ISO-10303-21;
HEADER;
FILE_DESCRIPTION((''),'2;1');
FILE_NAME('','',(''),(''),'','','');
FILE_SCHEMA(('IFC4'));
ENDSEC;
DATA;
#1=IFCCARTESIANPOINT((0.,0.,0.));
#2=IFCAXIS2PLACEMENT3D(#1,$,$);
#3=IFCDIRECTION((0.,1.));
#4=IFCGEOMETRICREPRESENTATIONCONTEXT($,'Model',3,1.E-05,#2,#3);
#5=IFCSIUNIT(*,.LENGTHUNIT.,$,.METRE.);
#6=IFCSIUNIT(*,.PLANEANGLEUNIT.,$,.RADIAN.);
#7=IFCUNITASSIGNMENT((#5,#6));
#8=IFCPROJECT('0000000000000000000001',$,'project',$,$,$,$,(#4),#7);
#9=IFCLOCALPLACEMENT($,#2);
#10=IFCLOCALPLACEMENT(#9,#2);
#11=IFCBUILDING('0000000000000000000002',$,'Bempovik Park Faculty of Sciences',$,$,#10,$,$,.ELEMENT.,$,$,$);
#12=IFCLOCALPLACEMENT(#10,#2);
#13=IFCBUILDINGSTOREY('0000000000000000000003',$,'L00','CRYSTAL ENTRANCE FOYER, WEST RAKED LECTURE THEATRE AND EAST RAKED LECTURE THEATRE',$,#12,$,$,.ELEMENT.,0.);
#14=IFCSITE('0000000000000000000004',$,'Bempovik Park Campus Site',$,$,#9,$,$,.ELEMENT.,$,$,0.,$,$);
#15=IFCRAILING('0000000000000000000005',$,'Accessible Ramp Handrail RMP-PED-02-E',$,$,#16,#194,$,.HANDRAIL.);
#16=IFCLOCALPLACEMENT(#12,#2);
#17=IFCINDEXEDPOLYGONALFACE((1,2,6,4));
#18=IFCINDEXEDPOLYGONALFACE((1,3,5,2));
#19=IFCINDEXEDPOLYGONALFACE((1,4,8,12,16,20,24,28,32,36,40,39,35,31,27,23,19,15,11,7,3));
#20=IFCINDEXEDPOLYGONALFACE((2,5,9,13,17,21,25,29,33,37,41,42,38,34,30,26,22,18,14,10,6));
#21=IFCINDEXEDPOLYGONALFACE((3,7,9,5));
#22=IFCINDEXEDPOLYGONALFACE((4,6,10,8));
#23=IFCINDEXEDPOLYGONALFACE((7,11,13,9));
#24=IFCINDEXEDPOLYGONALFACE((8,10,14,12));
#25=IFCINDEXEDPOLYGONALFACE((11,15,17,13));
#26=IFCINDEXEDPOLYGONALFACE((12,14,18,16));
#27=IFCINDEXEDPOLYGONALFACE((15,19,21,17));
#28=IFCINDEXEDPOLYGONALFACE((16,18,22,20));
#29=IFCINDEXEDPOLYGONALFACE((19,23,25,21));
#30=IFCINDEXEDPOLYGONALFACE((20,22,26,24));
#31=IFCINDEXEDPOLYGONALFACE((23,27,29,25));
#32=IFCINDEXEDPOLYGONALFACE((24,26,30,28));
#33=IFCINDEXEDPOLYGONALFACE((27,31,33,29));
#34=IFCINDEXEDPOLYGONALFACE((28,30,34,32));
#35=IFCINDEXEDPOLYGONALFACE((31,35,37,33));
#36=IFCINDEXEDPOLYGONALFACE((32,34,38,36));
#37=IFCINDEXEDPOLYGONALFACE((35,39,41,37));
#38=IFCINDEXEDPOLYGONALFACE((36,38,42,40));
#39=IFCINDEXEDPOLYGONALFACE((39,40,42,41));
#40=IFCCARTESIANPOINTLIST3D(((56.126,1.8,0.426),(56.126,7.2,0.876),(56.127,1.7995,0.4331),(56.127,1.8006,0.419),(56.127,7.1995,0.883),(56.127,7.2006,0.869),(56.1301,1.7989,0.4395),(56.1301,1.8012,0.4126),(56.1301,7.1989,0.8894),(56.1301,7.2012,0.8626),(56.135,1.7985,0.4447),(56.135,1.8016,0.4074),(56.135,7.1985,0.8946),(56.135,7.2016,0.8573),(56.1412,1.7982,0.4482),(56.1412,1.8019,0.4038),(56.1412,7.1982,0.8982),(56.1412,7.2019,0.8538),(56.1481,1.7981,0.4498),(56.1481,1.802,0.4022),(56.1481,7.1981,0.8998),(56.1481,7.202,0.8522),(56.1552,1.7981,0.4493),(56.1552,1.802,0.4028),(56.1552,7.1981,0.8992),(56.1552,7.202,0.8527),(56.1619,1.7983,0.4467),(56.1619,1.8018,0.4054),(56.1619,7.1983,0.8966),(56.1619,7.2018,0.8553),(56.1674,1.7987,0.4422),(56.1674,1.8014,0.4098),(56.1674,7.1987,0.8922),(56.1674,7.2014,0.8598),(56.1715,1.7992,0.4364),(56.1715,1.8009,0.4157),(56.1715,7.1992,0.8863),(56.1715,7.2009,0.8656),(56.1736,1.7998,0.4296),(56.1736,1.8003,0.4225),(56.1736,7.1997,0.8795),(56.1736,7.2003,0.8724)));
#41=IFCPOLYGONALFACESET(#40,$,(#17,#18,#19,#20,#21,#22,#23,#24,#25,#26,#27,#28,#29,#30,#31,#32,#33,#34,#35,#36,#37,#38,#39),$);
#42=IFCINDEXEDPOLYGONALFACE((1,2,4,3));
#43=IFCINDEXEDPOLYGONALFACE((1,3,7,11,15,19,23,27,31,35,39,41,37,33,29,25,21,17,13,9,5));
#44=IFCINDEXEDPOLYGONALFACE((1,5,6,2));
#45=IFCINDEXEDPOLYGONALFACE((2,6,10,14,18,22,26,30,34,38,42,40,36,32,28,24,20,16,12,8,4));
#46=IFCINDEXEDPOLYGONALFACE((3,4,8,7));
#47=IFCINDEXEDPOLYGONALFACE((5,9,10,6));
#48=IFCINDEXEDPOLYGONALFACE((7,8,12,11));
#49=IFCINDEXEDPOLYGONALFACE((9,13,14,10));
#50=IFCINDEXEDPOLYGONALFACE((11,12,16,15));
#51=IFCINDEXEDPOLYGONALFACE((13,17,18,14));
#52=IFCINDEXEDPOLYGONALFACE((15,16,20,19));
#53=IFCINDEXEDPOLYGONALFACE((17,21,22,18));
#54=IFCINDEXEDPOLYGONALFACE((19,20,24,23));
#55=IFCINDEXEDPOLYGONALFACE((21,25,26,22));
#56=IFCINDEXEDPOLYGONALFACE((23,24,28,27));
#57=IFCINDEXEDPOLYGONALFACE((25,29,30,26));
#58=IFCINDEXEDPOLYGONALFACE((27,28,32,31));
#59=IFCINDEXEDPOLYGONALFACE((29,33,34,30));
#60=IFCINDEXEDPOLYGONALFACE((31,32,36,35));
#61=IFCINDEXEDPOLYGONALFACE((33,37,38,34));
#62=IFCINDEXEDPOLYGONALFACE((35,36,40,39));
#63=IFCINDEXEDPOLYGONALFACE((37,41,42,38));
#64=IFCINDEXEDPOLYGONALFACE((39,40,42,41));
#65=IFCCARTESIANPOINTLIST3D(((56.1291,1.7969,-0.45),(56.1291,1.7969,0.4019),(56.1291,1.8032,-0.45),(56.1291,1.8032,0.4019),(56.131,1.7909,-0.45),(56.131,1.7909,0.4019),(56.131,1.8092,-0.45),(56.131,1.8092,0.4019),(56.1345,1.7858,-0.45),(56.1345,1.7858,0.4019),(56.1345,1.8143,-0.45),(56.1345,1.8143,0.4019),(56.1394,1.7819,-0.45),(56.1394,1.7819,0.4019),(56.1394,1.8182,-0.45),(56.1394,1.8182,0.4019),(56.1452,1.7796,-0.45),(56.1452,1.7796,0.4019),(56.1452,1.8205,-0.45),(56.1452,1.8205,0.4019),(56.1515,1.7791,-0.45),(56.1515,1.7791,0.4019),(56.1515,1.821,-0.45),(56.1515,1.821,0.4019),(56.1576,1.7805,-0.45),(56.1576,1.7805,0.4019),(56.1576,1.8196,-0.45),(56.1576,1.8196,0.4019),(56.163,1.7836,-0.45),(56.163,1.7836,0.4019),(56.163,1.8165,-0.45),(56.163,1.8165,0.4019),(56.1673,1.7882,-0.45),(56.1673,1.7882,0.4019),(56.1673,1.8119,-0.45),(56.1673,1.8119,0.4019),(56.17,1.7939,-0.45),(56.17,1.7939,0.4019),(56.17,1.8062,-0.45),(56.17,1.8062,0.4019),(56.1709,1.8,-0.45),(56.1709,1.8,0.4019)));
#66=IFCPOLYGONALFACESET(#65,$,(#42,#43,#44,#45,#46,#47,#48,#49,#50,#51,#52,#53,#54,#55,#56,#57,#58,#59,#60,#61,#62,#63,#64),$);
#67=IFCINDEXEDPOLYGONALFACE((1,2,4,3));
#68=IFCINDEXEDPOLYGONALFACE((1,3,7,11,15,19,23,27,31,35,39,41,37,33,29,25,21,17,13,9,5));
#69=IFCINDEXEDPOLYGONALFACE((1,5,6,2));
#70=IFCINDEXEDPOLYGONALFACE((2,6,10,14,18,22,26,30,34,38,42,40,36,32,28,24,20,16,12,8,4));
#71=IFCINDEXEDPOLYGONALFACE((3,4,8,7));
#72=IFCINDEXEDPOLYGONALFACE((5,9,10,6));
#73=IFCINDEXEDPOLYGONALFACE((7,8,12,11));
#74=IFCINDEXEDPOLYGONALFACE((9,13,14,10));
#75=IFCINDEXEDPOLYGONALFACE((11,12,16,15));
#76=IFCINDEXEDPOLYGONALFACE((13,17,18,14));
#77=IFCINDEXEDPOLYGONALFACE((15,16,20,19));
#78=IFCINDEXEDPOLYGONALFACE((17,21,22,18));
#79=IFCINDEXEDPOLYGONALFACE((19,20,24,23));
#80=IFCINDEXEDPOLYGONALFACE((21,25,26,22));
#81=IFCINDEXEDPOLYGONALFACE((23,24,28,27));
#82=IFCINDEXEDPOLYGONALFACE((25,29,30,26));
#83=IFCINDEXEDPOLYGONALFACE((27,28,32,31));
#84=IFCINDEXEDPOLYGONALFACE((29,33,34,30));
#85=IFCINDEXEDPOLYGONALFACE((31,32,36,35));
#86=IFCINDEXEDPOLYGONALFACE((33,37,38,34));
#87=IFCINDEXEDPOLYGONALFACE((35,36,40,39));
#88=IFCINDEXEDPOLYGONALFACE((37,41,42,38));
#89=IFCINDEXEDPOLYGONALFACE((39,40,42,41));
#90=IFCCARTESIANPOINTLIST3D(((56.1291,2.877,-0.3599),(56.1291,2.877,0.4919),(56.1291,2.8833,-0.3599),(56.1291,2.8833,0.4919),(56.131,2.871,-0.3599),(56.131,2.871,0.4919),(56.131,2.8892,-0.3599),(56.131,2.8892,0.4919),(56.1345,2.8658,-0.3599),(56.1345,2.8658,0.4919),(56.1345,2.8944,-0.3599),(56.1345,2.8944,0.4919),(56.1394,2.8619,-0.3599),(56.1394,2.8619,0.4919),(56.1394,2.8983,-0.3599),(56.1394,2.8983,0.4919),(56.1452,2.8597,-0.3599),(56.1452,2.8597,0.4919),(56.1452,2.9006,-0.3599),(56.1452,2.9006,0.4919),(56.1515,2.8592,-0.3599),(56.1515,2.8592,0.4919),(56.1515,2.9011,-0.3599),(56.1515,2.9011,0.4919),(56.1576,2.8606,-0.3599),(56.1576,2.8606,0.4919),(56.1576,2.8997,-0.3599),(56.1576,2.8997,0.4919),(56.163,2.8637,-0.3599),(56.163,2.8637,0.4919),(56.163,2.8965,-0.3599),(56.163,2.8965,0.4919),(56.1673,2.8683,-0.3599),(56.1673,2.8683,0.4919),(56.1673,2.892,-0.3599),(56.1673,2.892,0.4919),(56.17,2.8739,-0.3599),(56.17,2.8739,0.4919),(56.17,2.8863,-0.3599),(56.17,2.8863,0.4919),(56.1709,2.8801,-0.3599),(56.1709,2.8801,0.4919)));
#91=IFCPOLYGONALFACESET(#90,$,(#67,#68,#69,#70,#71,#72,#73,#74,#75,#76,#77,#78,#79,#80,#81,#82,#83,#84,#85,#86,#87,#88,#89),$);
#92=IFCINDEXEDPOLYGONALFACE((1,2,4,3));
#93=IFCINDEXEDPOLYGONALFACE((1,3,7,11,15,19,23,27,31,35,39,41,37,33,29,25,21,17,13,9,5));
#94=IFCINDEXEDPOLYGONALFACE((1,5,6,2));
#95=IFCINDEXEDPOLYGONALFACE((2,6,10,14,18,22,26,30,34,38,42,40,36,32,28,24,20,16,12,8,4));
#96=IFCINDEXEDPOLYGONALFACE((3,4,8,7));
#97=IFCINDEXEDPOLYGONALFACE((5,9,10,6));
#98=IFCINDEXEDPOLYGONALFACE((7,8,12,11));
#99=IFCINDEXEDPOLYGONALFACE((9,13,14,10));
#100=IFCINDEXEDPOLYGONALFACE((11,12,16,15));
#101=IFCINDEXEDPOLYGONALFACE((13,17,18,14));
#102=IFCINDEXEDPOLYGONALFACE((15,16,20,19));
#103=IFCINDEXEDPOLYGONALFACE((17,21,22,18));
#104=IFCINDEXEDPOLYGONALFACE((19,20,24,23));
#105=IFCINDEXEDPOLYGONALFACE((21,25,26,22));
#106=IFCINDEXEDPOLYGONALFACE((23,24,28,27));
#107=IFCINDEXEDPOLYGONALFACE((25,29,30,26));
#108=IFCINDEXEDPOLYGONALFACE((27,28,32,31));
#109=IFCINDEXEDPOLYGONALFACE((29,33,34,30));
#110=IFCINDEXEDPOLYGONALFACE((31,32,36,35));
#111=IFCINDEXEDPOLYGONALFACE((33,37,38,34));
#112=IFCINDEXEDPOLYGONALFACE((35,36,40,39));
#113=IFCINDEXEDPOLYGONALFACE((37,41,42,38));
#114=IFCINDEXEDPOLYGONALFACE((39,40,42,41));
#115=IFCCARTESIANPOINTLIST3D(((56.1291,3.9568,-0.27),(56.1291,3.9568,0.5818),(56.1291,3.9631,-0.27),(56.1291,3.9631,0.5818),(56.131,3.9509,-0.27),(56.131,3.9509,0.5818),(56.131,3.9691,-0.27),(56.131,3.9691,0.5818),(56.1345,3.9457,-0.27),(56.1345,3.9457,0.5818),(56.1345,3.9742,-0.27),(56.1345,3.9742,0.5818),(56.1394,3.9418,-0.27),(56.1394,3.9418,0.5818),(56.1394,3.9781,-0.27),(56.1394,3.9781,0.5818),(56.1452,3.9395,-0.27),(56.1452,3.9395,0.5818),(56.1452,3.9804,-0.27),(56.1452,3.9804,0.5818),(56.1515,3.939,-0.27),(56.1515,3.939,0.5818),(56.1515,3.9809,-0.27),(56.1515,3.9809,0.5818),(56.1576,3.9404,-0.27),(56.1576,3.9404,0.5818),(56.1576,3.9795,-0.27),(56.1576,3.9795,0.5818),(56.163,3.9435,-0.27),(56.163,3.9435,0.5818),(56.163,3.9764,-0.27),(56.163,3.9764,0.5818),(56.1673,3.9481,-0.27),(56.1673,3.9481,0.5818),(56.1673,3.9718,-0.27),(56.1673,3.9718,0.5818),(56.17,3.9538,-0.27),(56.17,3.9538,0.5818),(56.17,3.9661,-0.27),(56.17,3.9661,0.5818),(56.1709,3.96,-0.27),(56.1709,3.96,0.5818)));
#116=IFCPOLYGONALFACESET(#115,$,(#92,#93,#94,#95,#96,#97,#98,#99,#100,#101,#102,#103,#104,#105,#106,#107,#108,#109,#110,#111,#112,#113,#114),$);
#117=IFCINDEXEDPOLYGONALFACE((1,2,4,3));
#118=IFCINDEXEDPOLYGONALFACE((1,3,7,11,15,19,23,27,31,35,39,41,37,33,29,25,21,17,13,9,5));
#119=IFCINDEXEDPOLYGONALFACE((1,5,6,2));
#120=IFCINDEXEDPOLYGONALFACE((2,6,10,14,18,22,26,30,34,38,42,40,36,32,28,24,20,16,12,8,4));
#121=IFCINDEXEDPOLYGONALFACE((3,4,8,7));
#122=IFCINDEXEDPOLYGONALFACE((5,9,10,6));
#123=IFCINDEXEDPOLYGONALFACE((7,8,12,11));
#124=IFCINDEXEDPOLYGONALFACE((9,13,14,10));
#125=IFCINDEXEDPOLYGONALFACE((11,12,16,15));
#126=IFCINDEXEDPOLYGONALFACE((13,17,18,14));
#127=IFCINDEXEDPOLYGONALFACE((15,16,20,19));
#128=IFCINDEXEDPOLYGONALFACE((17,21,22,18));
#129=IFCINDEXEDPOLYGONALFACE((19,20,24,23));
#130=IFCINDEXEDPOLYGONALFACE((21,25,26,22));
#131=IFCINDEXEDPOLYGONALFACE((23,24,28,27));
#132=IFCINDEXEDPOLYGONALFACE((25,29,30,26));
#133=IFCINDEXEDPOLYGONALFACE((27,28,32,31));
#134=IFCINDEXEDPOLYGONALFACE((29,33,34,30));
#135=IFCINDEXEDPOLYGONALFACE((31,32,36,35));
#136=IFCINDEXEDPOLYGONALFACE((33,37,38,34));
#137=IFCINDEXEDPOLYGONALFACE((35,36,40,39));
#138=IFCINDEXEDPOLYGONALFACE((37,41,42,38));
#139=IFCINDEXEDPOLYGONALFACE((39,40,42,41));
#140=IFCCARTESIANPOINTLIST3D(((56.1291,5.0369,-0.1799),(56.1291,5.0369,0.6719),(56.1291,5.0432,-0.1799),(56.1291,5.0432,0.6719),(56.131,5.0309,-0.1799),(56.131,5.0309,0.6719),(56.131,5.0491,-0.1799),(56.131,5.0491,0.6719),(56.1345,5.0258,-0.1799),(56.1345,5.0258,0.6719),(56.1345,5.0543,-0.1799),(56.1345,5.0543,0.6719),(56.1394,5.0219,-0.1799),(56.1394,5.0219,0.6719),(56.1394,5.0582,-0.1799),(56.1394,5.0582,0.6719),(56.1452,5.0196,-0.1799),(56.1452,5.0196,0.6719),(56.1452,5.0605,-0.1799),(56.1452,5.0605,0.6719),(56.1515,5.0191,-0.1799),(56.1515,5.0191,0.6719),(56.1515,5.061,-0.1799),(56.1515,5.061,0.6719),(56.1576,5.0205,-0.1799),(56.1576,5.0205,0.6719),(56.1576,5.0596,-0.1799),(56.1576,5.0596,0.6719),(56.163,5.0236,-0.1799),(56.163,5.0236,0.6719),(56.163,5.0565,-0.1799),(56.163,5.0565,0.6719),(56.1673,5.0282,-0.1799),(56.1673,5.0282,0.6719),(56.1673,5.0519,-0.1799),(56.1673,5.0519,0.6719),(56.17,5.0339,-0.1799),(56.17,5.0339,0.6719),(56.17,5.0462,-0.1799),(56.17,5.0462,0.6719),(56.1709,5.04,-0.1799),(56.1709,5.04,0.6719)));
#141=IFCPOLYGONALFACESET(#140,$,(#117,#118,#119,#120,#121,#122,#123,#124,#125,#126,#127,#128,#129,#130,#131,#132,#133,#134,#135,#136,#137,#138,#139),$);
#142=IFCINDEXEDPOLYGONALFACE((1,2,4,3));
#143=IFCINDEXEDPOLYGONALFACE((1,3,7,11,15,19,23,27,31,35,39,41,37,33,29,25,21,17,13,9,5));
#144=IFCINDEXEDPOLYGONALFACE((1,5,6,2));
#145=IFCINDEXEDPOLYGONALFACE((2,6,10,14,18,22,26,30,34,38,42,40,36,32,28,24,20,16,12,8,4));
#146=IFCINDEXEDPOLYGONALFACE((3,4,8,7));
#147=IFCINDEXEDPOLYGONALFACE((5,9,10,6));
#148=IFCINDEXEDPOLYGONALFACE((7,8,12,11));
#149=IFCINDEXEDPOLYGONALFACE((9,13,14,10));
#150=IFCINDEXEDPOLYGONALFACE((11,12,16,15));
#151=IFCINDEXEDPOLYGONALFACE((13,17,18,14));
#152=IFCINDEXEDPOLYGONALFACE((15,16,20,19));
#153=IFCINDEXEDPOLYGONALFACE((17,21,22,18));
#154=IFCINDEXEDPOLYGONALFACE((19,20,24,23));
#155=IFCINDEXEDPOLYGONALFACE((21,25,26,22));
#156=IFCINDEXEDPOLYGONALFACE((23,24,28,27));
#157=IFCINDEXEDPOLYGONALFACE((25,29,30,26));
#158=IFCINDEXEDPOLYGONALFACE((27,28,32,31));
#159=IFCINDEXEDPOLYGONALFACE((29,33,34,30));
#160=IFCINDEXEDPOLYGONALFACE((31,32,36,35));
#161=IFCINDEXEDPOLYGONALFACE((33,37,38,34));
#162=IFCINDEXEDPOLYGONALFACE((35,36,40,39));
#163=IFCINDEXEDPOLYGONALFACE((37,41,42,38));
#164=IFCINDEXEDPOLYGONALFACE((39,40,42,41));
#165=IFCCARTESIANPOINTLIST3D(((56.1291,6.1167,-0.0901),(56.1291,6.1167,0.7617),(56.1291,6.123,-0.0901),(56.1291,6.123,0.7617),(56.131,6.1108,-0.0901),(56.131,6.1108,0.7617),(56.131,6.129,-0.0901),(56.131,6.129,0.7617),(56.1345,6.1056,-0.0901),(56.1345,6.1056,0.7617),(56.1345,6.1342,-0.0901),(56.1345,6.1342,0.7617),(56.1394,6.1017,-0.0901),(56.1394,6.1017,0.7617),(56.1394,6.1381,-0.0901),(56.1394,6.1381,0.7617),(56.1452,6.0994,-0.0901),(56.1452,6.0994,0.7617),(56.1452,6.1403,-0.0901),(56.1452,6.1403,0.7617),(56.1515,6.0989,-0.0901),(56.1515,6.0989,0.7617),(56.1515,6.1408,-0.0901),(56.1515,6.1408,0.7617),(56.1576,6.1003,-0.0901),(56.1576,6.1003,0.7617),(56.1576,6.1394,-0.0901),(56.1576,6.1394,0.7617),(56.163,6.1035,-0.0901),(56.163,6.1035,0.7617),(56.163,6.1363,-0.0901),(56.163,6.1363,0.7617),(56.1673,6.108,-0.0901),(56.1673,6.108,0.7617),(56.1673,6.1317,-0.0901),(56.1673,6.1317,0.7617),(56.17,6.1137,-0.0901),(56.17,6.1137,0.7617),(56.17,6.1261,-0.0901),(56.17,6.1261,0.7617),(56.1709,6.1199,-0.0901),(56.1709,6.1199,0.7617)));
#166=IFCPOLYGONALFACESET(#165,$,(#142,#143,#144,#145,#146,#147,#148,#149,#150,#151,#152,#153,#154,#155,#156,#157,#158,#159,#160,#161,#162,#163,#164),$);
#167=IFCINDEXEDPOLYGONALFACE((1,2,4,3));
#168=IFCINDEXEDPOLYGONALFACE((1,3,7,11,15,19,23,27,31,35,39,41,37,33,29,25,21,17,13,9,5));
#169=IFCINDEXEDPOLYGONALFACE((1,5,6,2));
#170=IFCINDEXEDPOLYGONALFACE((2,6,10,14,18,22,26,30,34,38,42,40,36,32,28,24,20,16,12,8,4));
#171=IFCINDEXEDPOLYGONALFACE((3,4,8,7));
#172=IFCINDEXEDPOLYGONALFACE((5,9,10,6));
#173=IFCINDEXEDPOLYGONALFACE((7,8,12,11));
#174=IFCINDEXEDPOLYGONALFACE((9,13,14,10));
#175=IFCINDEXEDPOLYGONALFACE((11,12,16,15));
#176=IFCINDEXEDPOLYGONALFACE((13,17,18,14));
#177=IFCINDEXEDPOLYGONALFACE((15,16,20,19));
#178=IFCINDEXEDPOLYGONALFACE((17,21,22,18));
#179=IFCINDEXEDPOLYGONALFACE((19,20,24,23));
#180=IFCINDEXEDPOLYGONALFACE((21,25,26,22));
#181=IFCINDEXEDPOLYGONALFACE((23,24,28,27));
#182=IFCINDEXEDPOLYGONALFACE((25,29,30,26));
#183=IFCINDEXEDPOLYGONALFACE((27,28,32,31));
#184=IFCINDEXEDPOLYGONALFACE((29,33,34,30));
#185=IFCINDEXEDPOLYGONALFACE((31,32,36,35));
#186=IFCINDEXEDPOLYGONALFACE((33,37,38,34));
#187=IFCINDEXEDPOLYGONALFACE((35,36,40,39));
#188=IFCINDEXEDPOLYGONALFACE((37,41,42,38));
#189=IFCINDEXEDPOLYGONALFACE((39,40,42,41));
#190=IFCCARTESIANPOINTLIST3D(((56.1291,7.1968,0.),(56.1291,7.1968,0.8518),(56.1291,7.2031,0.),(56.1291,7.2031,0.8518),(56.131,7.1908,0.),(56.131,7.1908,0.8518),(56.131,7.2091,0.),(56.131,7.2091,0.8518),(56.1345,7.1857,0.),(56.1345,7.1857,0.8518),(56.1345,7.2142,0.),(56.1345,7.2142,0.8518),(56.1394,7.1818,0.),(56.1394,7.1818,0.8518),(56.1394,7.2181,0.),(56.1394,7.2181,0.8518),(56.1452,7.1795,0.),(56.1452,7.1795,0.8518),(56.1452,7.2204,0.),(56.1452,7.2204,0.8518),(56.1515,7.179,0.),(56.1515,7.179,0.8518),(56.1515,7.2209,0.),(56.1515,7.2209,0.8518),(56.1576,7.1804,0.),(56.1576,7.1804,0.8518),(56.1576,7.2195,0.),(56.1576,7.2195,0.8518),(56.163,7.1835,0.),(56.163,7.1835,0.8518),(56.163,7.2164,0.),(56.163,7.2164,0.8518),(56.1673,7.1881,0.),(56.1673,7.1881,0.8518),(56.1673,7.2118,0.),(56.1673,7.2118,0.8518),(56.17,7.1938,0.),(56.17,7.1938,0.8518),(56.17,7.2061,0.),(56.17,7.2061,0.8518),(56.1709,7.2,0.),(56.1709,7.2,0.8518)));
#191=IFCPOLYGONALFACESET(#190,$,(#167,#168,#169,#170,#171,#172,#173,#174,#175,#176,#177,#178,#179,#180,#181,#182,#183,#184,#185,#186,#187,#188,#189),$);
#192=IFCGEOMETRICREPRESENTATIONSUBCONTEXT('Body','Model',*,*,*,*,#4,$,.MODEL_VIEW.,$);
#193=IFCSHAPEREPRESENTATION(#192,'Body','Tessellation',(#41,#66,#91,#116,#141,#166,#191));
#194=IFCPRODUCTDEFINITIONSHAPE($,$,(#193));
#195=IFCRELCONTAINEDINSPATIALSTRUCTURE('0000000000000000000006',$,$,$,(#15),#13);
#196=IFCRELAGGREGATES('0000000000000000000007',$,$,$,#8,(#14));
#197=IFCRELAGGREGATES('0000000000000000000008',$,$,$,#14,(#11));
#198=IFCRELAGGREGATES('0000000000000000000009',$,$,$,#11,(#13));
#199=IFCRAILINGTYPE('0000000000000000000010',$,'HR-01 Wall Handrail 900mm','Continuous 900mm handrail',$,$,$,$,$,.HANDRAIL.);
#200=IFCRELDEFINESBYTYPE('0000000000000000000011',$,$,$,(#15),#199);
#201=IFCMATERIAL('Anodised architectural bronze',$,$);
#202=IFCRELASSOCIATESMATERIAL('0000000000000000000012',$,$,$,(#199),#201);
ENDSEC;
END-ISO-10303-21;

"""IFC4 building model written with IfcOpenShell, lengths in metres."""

from ifc_helpers import new_model, si_unit, direction, frame, origin, origin_2d, place, context, subcontext, project, spatial, circle, extrude, material, type_object, element, save


model = new_model("IFC4")

# Units and contexts
model_context = context("Model", 3, precision=1e-05, world=origin(), true_north=direction((0.0, 1.0)))
body_context = subcontext(model_context, "Body", "Model", "MODEL_VIEW")
ifc_project = project(units=[si_unit("LENGTHUNIT", "METRE"), si_unit("PLANEANGLEUNIT", "RADIAN")], contexts=[model_context])

# Site, building, storey
site_placement = place(None, origin())
site = spatial("IfcSite", under=ifc_project, at=site_placement, Name="Bempovik Park Campus Site", CompositionType="ELEMENT", RefElevation=0.0)
building_placement = place(site_placement, origin())
building = spatial("IfcBuilding", under=site, at=building_placement, Name="Bempovik Park Faculty of Sciences", CompositionType="ELEMENT")
storey_placement = place(building_placement, origin())
storey = spatial("IfcBuildingStorey", under=building, at=storey_placement, Name="L00", Description="CRYSTAL ENTRANCE FOYER, WEST RAKED LECTURE THEATRE AND EAST RAKED LECTURE THEATRE", CompositionType="ELEMENT", Elevation=0.0)

# Railing
ifc_material_1 = material(Name="Anodised architectural bronze")
railing_type = type_object("IfcRailingType", Name="HR-01 Wall Handrail 900mm", Description="Continuous 900mm handrail", PredefinedType="HANDRAIL", material=ifc_material_1)
for number, where, name in (
    (1, (56.1499, 1.8, -0.45), "Accessible Ramp Handrail RMP-PED-02-E"),
):
    element("IfcRailing", number, at=place(storey_placement, frame(where)), inside=storey, type_object=railing_type, Name=name, PredefinedType="HANDRAIL", context=body_context, shape_type="SweptSolid", body=[
        extrude(circle(Radius=0.0239, at=origin_2d()), frame((0.0, 0.0, 0.876), z_axis=(0.0, 0.996546, 0.083038), x_axis=(-1.0, 0.0, 0.0)), (0.0, 0.0, 1.0), 5.4187),
        extrude(circle(Radius=0.021, at=origin_2d()), origin(), (0.0, 0.0, 1.0), 0.8518),
        extrude(circle(Radius=0.021, at=origin_2d()), frame((0.0, 1.0801, 0.0901)), (0.0, 0.0, 1.0), 0.8518),
        extrude(circle(Radius=0.021, at=origin_2d()), frame((0.0, 2.1599, 0.1799)), (0.0, 0.0, 1.0), 0.8518),
        extrude(circle(Radius=0.021, at=origin_2d()), frame((0.0, 3.24, 0.27)), (0.0, 0.0, 1.0), 0.8518),
        extrude(circle(Radius=0.021, at=origin_2d()), frame((0.0, 4.3198, 0.3599)), (0.0, 0.0, 1.0), 0.8518),
        extrude(circle(Radius=0.021, at=origin_2d()), frame((0.0, 5.3999, 0.45)), (0.0, 0.0, 1.0), 0.8518),
    ])

save(model, "model.ifc")
